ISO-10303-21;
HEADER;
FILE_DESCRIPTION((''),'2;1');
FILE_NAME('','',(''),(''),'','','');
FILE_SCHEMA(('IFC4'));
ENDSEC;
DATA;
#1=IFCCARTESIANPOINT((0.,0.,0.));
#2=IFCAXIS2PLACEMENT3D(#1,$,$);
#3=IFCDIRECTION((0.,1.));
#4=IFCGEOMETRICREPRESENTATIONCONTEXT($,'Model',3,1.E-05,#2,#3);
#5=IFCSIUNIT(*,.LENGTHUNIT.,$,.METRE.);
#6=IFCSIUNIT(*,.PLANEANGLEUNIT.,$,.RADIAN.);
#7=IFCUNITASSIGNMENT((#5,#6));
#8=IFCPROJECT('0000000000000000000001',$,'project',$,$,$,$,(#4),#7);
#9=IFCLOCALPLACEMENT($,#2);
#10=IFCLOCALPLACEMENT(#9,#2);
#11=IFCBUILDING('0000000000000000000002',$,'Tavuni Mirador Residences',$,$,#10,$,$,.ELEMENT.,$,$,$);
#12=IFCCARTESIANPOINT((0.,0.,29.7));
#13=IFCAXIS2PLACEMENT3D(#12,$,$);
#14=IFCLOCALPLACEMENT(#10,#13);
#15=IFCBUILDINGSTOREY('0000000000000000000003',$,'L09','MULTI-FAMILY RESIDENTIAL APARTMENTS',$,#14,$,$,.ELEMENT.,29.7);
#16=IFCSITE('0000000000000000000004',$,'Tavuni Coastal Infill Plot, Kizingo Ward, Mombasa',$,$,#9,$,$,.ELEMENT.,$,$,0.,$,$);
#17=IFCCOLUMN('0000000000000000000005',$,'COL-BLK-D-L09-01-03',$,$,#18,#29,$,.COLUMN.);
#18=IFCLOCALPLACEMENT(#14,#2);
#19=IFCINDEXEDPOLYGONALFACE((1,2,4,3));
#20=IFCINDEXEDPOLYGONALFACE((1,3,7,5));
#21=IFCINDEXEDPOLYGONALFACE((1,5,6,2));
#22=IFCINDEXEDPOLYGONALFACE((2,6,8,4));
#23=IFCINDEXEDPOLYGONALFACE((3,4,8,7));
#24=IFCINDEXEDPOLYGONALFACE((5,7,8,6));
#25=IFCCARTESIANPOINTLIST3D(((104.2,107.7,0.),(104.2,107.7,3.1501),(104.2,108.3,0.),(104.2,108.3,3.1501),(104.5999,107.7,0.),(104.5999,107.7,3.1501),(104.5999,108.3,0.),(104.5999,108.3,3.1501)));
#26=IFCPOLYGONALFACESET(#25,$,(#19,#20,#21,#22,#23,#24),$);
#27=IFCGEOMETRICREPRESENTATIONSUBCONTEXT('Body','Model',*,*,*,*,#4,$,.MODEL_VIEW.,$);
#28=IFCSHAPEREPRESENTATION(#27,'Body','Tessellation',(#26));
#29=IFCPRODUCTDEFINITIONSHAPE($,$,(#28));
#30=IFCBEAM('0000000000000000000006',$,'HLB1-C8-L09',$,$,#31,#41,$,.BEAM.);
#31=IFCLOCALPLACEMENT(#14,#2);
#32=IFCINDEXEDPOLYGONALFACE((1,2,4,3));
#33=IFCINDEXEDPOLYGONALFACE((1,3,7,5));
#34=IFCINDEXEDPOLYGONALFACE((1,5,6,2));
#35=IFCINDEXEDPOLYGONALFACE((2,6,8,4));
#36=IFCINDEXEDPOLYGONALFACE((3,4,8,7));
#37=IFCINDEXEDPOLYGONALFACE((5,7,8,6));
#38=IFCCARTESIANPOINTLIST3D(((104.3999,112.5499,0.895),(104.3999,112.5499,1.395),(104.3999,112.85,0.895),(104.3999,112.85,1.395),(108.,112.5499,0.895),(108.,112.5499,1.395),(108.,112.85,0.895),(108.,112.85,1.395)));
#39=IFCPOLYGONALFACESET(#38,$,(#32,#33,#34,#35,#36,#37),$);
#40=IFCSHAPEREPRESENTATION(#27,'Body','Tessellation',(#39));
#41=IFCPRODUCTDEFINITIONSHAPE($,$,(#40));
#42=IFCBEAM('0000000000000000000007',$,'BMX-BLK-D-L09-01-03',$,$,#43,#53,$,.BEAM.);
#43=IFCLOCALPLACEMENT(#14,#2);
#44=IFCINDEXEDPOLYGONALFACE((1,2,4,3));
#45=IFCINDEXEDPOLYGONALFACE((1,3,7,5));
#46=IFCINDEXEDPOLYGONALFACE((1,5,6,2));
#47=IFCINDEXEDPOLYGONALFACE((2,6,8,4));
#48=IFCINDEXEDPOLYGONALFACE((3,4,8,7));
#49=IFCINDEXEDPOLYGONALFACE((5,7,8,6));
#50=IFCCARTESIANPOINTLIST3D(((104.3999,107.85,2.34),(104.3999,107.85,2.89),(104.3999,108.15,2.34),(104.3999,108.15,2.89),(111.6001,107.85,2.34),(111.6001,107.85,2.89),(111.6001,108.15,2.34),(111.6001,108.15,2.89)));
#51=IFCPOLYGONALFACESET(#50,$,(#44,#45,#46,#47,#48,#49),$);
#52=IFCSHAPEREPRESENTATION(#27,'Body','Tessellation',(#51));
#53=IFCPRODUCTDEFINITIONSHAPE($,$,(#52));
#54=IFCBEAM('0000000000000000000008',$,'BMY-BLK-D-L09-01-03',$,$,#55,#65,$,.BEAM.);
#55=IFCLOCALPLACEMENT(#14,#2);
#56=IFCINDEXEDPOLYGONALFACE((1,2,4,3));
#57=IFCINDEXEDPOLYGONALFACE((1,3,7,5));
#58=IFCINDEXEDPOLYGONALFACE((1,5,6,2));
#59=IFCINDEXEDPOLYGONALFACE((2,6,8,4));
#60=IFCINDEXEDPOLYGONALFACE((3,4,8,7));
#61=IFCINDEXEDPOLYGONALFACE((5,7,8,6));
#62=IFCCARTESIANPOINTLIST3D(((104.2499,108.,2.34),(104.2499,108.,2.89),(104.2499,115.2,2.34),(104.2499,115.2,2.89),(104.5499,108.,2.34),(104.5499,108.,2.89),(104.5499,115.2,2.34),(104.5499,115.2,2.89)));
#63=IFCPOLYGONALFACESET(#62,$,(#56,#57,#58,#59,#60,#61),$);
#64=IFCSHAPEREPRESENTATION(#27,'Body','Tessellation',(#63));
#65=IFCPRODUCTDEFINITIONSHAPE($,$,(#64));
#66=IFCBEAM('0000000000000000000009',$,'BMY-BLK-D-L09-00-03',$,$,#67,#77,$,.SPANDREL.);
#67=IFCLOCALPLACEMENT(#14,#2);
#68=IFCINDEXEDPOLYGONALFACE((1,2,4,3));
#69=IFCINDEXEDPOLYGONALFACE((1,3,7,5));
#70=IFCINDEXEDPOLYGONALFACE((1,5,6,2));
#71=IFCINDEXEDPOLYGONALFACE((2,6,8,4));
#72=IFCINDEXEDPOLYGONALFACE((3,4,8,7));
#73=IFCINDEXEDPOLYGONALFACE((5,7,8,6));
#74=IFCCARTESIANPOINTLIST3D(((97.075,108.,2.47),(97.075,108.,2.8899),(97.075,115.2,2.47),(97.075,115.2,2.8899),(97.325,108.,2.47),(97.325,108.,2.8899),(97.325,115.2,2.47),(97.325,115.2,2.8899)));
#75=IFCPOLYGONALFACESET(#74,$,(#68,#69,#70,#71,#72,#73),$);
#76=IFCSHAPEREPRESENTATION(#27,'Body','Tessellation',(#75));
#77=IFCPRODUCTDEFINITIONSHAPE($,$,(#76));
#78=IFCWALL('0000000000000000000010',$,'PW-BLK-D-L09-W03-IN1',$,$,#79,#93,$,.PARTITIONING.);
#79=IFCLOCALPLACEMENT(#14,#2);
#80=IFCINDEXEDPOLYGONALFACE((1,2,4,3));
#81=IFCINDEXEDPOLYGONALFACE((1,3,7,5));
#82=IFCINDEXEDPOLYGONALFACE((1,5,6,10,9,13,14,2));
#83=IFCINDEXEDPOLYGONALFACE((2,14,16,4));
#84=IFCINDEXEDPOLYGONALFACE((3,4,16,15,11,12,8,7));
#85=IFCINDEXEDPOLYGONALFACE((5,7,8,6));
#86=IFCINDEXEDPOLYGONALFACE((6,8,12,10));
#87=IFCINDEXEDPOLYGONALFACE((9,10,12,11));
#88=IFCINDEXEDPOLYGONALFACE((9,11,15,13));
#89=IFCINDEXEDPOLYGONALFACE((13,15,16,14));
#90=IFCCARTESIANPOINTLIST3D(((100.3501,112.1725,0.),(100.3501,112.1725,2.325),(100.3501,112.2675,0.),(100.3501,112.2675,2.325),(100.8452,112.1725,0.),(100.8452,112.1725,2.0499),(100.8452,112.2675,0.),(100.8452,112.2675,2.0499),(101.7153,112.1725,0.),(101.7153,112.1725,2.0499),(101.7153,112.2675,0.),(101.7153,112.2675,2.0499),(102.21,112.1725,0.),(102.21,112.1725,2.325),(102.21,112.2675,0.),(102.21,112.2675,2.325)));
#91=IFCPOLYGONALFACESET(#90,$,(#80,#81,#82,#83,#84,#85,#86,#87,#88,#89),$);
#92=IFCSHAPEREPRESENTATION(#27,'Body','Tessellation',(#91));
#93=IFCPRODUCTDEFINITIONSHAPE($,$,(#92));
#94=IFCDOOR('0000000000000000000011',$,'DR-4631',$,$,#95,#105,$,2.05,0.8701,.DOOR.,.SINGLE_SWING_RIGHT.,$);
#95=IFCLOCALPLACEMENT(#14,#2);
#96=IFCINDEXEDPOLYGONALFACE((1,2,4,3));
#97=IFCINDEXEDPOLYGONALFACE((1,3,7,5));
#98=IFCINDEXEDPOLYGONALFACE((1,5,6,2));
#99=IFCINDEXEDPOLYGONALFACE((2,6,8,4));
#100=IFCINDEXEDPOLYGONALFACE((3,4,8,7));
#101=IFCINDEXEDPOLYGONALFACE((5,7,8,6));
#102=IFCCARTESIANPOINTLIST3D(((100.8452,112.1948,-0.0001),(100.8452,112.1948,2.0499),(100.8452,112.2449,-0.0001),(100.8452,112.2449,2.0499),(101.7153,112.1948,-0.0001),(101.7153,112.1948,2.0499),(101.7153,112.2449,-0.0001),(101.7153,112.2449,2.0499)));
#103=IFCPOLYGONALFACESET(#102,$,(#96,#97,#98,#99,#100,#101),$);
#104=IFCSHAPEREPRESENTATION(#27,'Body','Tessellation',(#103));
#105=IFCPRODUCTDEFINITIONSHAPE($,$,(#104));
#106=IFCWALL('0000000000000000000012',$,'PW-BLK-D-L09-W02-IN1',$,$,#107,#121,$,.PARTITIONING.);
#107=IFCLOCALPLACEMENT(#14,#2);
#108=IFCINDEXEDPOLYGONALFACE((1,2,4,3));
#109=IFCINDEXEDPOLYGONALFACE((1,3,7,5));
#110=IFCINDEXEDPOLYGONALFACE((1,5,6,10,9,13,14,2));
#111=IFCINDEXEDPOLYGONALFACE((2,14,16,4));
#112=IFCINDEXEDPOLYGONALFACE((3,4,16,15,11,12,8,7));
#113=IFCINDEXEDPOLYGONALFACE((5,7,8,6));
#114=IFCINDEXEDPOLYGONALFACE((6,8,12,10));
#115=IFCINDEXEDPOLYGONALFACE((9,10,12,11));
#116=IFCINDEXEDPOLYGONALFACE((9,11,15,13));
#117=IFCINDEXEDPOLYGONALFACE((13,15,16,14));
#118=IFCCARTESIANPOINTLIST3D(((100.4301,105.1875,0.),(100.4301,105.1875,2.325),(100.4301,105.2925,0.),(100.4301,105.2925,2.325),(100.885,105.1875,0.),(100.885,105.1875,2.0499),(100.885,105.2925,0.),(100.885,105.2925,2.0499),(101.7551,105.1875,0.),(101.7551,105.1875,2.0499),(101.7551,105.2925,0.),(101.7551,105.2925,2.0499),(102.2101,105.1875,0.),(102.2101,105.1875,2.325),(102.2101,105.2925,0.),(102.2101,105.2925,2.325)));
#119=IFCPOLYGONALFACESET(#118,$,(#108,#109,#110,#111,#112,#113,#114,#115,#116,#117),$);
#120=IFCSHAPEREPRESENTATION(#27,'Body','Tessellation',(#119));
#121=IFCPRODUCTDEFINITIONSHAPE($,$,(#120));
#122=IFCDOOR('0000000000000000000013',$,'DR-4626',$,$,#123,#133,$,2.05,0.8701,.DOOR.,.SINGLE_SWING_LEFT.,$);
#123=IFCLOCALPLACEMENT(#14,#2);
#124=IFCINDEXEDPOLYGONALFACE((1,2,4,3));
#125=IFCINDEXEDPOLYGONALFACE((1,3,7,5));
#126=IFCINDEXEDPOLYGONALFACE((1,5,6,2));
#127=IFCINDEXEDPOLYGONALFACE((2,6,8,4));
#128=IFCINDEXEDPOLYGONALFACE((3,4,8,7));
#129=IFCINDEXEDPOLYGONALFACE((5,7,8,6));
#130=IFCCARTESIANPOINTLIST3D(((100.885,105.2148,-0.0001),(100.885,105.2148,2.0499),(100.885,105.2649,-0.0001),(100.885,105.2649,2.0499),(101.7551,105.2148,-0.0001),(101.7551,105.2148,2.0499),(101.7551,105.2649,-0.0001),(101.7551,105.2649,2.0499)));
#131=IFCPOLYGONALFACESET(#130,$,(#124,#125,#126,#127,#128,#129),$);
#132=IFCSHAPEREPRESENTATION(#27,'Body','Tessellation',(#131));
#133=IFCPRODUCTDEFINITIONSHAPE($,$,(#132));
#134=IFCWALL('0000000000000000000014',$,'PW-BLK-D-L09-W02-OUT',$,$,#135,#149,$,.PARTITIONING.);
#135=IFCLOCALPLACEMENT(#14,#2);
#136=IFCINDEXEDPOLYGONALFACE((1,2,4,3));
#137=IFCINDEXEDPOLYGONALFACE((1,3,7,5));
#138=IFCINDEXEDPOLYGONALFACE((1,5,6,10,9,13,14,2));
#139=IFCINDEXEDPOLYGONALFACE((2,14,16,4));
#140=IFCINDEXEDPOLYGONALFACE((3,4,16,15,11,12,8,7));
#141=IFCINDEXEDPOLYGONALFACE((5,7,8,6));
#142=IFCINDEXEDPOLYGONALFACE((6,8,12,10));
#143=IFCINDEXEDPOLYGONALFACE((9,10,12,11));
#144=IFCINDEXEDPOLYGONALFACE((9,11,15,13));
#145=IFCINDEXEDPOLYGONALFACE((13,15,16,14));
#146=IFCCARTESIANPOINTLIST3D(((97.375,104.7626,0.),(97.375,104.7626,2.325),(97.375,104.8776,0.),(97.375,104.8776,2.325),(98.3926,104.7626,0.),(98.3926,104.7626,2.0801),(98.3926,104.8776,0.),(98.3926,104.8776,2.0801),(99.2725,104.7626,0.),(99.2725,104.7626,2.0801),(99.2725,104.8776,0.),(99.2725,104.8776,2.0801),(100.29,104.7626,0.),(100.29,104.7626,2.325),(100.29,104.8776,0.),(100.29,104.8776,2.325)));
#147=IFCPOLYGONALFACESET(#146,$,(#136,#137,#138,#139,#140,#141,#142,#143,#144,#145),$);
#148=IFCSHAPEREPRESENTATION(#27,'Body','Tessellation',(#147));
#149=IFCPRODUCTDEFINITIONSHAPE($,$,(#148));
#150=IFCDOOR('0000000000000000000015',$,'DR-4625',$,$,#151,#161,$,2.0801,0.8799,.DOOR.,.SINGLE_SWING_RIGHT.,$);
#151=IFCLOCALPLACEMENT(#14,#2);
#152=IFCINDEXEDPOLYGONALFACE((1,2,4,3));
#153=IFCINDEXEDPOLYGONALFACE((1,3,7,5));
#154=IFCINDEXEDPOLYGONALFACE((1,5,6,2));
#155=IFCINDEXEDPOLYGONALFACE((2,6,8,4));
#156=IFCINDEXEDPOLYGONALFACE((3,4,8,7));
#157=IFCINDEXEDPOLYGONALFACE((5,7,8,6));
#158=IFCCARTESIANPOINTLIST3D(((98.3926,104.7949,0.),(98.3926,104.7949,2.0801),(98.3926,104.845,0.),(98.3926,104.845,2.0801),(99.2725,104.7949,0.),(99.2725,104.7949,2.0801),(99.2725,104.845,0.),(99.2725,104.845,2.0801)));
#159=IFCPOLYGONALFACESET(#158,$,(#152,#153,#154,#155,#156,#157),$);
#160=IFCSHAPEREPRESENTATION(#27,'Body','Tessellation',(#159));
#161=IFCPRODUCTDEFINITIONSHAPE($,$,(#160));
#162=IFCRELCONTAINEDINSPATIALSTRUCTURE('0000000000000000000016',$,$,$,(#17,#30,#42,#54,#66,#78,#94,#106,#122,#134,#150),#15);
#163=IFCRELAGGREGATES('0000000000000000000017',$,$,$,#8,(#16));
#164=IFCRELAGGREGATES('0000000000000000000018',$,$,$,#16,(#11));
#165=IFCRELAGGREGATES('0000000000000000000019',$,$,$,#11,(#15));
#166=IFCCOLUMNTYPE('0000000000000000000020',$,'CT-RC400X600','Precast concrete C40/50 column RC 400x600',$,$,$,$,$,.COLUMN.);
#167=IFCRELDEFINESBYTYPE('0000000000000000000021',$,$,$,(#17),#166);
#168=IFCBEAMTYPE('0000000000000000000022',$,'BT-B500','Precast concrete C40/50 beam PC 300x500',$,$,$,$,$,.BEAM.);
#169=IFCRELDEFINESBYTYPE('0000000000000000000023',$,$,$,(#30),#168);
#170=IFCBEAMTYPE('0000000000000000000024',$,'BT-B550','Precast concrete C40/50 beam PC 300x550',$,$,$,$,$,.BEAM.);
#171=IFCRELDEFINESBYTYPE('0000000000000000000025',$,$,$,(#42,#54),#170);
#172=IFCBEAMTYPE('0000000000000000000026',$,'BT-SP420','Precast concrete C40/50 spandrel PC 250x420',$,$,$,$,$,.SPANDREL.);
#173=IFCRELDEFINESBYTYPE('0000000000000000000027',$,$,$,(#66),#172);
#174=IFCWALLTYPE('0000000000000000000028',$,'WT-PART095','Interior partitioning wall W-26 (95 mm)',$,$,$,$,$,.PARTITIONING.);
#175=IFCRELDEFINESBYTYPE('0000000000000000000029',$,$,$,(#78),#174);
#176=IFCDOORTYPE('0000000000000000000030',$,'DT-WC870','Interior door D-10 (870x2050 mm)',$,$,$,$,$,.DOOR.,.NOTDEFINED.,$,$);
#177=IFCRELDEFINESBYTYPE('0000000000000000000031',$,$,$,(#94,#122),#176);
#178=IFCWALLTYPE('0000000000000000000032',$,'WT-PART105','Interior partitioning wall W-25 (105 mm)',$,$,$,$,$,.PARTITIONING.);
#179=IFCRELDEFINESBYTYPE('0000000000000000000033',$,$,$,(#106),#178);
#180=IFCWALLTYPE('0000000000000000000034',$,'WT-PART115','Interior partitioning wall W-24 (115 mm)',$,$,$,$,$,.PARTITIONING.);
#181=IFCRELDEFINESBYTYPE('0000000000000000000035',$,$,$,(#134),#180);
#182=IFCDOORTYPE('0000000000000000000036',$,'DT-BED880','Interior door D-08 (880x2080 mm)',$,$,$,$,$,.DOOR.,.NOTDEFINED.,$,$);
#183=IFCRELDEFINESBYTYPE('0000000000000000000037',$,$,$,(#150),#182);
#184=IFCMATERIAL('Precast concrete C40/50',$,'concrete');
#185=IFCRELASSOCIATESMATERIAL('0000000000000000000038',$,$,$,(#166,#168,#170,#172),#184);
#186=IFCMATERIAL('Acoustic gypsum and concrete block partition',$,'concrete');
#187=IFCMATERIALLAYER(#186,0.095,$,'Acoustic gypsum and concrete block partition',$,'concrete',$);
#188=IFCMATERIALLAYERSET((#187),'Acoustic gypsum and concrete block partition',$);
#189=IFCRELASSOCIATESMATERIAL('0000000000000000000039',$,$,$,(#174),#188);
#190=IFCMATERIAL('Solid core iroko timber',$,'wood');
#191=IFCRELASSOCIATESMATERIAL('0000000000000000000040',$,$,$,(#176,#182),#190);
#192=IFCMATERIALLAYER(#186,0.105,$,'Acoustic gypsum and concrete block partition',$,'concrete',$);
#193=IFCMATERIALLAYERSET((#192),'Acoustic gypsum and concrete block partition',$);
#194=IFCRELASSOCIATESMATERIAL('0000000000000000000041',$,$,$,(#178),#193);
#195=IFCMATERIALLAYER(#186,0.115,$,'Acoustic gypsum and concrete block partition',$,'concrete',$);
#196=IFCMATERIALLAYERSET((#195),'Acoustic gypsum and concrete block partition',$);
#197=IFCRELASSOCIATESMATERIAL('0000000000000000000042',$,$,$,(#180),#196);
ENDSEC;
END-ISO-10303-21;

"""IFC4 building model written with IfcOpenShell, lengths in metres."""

from ifc_helpers import new_model, si_unit, direction, frame, frame_2d, origin, origin_2d, place, context, subcontext, project, spatial, rectangle, extrude, material, layer, layer_set, material_profile, profile_set, type_object, element, fill, save


model = new_model("IFC4")

# Units and contexts
model_context = context("Model", 3, precision=1e-05, world=origin(), true_north=direction((0.0, 1.0)))
body_context = subcontext(model_context, "Body", "Model", "MODEL_VIEW")
ifc_project = project(units=[si_unit("LENGTHUNIT", "METRE"), si_unit("PLANEANGLEUNIT", "RADIAN")], contexts=[model_context])

# Site, building, storey
site_placement = place(None, origin())
site = spatial("IfcSite", under=ifc_project, at=site_placement, Name="Tavuni Coastal Infill Plot, Kizingo Ward, Mombasa", CompositionType="ELEMENT", RefElevation=0.0)
building_placement = place(site_placement, origin())
building = spatial("IfcBuilding", under=site, at=building_placement, Name="Tavuni Mirador Residences", CompositionType="ELEMENT")
storey_placement = place(building_placement, frame((0.0, 0.0, 29.7)))
storey = spatial("IfcBuildingStorey", under=building, at=storey_placement, Name="L09", Description="MULTI-FAMILY RESIDENTIAL APARTMENTS", CompositionType="ELEMENT", Elevation=29.7)

# Column
ifc_material_1 = material(Name="Precast concrete C40/50", Category="concrete")
ifc_material_profile_1 = material_profile(ifc_material_1, rectangle(XDim=0.3999, YDim=0.6001, at=origin_2d()), Name="RC 400x600", Category="concrete")
ifc_profile_set_1 = profile_set([ifc_material_profile_1], Name="Precast concrete C40/50")
column_type = type_object("IfcColumnType", Name="CT-RC400X600", Description="Precast concrete C40/50 column RC 400x600", PredefinedType="COLUMN", material=ifc_profile_set_1)
column_placement = place(storey_placement, frame((104.3999, 108.0, 0.0), z_axis=(0.0, 0.0, 1.0), x_axis=(1.0, 0.0, 0.0)))
element("IfcColumn", 1, at=column_placement, inside=storey, type_object=column_type, Name="COL-BLK-D-L09-01-03", PredefinedType="COLUMN", context=body_context, shape_type="SweptSolid", body=[
    extrude(rectangle(XDim=0.3999, YDim=0.6001, at=origin_2d()), origin(), (0.0, 0.0, 1.0), 3.1501),
])

# Beams
ifc_material_profile_2 = material_profile(ifc_material_1, rectangle(XDim=0.3, YDim=0.5, at=origin_2d()), Name="PC 300x500", Category="concrete")
ifc_profile_set_2 = profile_set([ifc_material_profile_2], Name="Precast concrete C40/50")
beam_type_1 = type_object("IfcBeamType", Name="BT-B500", Description="Precast concrete C40/50 beam PC 300x500", PredefinedType="BEAM", material=ifc_profile_set_2)
beam_1_placement = place(storey_placement, frame((104.3999, 112.7, 1.145), z_axis=(1.0, 0.0, 0.0), x_axis=(0.0, 1.0, 0.0)))
element("IfcBeam", 2, at=beam_1_placement, inside=storey, type_object=beam_type_1, Name="HLB1-C8-L09", PredefinedType="BEAM", context=body_context, shape_type="SweptSolid", body=[
    extrude(rectangle(XDim=0.3, YDim=0.5, at=origin_2d()), origin(), (0.0, 0.0, 1.0), 3.6001),
])
ifc_material_profile_3 = material_profile(ifc_material_1, rectangle(XDim=0.3, YDim=0.55, at=origin_2d()), Name="PC 300x550", Category="concrete")
ifc_profile_set_3 = profile_set([ifc_material_profile_3], Name="Precast concrete C40/50")
beam_type_2 = type_object("IfcBeamType", Name="BT-B550", Description="Precast concrete C40/50 beam PC 300x550", PredefinedType="BEAM", material=ifc_profile_set_3)
beam_2_placement = place(storey_placement, frame((104.3999, 108.0, 2.615), z_axis=(1.0, 0.0, 0.0), x_axis=(0.0, 1.0, 0.0)))
element("IfcBeam", 3, at=beam_2_placement, inside=storey, type_object=beam_type_2, Name="BMX-BLK-D-L09-01-03", PredefinedType="BEAM", context=body_context, shape_type="SweptSolid", body=[
    extrude(rectangle(XDim=0.3, YDim=0.55, at=origin_2d()), origin(), (0.0, 0.0, 1.0), 7.2002),
])
beam_3_placement = place(storey_placement, frame((104.3999, 108.0, 2.615), z_axis=(0.0, 1.0, 0.0), x_axis=(-1.0, 0.0, 0.0)))
element("IfcBeam", 4, at=beam_3_placement, inside=storey, type_object=beam_type_2, Name="BMY-BLK-D-L09-01-03", PredefinedType="BEAM", context=body_context, shape_type="SweptSolid", body=[
    extrude(rectangle(XDim=0.3, YDim=0.55, at=origin_2d()), origin(), (0.0, 0.0, 1.0), 7.2),
])
ifc_material_profile_4 = material_profile(ifc_material_1, rectangle(XDim=0.25, YDim=0.4199, at=origin_2d()), Name="PC 250x420", Category="concrete")
ifc_profile_set_4 = profile_set([ifc_material_profile_4], Name="Precast concrete C40/50")
beam_type_3 = type_object("IfcBeamType", Name="BT-SP420", Description="Precast concrete C40/50 spandrel PC 250x420", PredefinedType="SPANDREL", material=ifc_profile_set_4)
beam_4_placement = place(storey_placement, frame((97.2, 108.0, 2.6799), z_axis=(0.0, 1.0, 0.0), x_axis=(-1.0, 0.0, 0.0)))
element("IfcBeam", 5, at=beam_4_placement, inside=storey, type_object=beam_type_3, Name="BMY-BLK-D-L09-00-03", PredefinedType="SPANDREL", context=body_context, shape_type="SweptSolid", body=[
    extrude(rectangle(XDim=0.25, YDim=0.4199, at=origin_2d()), origin(), (0.0, 0.0, 1.0), 7.2),
])

# Walls, openings, doors
ifc_material_2 = material(Name="Solid core iroko timber", Category="wood")
ifc_material_3 = material(Name="Acoustic gypsum and concrete block partition", Category="concrete")
ifc_layer_1 = layer(ifc_material_3, 0.095, Name="Acoustic gypsum and concrete block partition", Category="concrete")
ifc_layer_set_1 = layer_set([ifc_layer_1], Name="Acoustic gypsum and concrete block partition")
wall_type_1 = type_object("IfcWallType", Name="WT-PART095", Description="Interior partitioning wall W-26 (95 mm)", PredefinedType="PARTITIONING", material=ifc_layer_set_1)
wall_1_placement = place(storey_placement, frame((100.3501, 112.22, 0.0), z_axis=(0.0, 0.0, 1.0), x_axis=(1.0, 0.0, 0.0)))
wall_1 = element("IfcWall", 6, at=wall_1_placement, inside=storey, type_object=wall_type_1, Name="PW-BLK-D-L09-W03-IN1", PredefinedType="PARTITIONING", context=body_context, shape_type="SweptSolid", body=[
    extrude(rectangle(XDim=1.8599, YDim=0.095, at=frame_2d((0.9299, 0.0))), origin(), (0.0, 0.0, 1.0), 2.325),
])
opening_1_placement = place(wall_1_placement, frame((0.4951, 0.0, 0.0)))
opening_1 = element("IfcOpeningElement", 7, at=opening_1_placement, cuts=wall_1, PredefinedType="OPENING", context=body_context, shape_type="SweptSolid", body=[
    extrude(rectangle(XDim=0.8701, YDim=2.05, at=frame_2d((0.4351, 1.0249))), frame((0.0, 0.0576, 0.0), z_axis=(0.0, -1.0, 0.0), x_axis=(1.0, 0.0, 0.0)), (0.0, 0.0, 1.0), 0.115),
])
door_type_1 = type_object("IfcDoorType", Name="DT-WC870", Description="Interior door D-10 (870x2050 mm)", OperationType="NOTDEFINED", PredefinedType="DOOR", material=ifc_material_2)
door_1_placement = place(opening_1_placement, origin())
door_1 = element("IfcDoor", 8, at=door_1_placement, inside=storey, type_object=door_type_1, Name="DR-4631", OperationType="SINGLE_SWING_RIGHT", OverallHeight=2.05, OverallWidth=0.8701, PredefinedType="DOOR", context=body_context, shape_type="SweptSolid", body=[
    extrude(rectangle(XDim=0.8701, YDim=2.05, at=frame_2d((0.4351, 1.0249))), frame((0.0, 0.0249, 0.0), z_axis=(0.0, -1.0, 0.0), x_axis=(1.0, 0.0, 0.0)), (0.0, 0.0, 1.0), 0.05),
])
fill(opening_1, door_1)
ifc_layer_2 = layer(ifc_material_3, 0.105, Name="Acoustic gypsum and concrete block partition", Category="concrete")
ifc_layer_set_2 = layer_set([ifc_layer_2], Name="Acoustic gypsum and concrete block partition")
wall_type_2 = type_object("IfcWallType", Name="WT-PART105", Description="Interior partitioning wall W-25 (105 mm)", PredefinedType="PARTITIONING", material=ifc_layer_set_2)
wall_2_placement = place(storey_placement, frame((100.4299, 105.24, 0.0), z_axis=(0.0, 0.0, 1.0), x_axis=(1.0, 0.0, 0.0)))
wall_2 = element("IfcWall", 9, at=wall_2_placement, inside=storey, type_object=wall_type_2, Name="PW-BLK-D-L09-W02-IN1", PredefinedType="PARTITIONING", context=body_context, shape_type="SweptSolid", body=[
    extrude(rectangle(XDim=1.78, YDim=0.105, at=frame_2d((0.8901, 0.0))), origin(), (0.0, 0.0, 1.0), 2.325),
])
opening_2_placement = place(wall_2_placement, frame((0.4551, 0.0, 0.0)))
opening_2 = element("IfcOpeningElement", 10, at=opening_2_placement, cuts=wall_2, PredefinedType="OPENING", context=body_context, shape_type="SweptSolid", body=[
    extrude(rectangle(XDim=0.8701, YDim=2.05, at=frame_2d((0.4351, 1.0249))), frame((0.0, 0.0625, 0.0), z_axis=(0.0, -1.0, 0.0), x_axis=(1.0, 0.0, 0.0)), (0.0, 0.0, 1.0), 0.125),
])
door_2_placement = place(opening_2_placement, origin())
door_2 = element("IfcDoor", 11, at=door_2_placement, inside=storey, type_object=door_type_1, Name="DR-4626", OperationType="SINGLE_SWING_LEFT", OverallHeight=2.05, OverallWidth=0.8701, PredefinedType="DOOR", context=body_context, shape_type="SweptSolid", body=[
    extrude(rectangle(XDim=0.8701, YDim=2.05, at=frame_2d((0.4351, 1.0249))), frame((0.0, 0.0249, 0.0), z_axis=(0.0, -1.0, 0.0), x_axis=(1.0, 0.0, 0.0)), (0.0, 0.0, 1.0), 0.05),
])
fill(opening_2, door_2)
ifc_layer_3 = layer(ifc_material_3, 0.115, Name="Acoustic gypsum and concrete block partition", Category="concrete")
ifc_layer_set_3 = layer_set([ifc_layer_3], Name="Acoustic gypsum and concrete block partition")
wall_type_3 = type_object("IfcWallType", Name="WT-PART115", Description="Interior partitioning wall W-24 (115 mm)", PredefinedType="PARTITIONING", material=ifc_layer_set_3)
wall_3_placement = place(storey_placement, frame((97.375, 104.8201, 0.0), z_axis=(0.0, 0.0, 1.0), x_axis=(1.0, 0.0, 0.0)))
wall_3 = element("IfcWall", 12, at=wall_3_placement, inside=storey, type_object=wall_type_3, Name="PW-BLK-D-L09-W02-OUT", PredefinedType="PARTITIONING", context=body_context, shape_type="SweptSolid", body=[
    extrude(rectangle(XDim=2.915, YDim=0.115, at=frame_2d((1.4575, 0.0))), origin(), (0.0, 0.0, 1.0), 2.325),
])
opening_3_placement = place(wall_3_placement, frame((1.0176, 0.0, 0.0)))
opening_3 = element("IfcOpeningElement", 13, at=opening_3_placement, cuts=wall_3, PredefinedType="OPENING", context=body_context, shape_type="SweptSolid", body=[
    extrude(rectangle(XDim=0.8799, YDim=2.0801, at=frame_2d((0.4399, 1.04))), frame((0.0, 0.0674, 0.0), z_axis=(0.0, -1.0, 0.0), x_axis=(1.0, 0.0, 0.0)), (0.0, 0.0, 1.0), 0.135),
])
door_type_2 = type_object("IfcDoorType", Name="DT-BED880", Description="Interior door D-08 (880x2080 mm)", OperationType="NOTDEFINED", PredefinedType="DOOR", material=ifc_material_2)
door_3_placement = place(opening_3_placement, origin())
door_3 = element("IfcDoor", 14, at=door_3_placement, inside=storey, type_object=door_type_2, Name="DR-4625", OperationType="SINGLE_SWING_RIGHT", OverallHeight=2.0801, OverallWidth=0.8799, PredefinedType="DOOR", context=body_context, shape_type="SweptSolid", body=[
    extrude(rectangle(XDim=0.8799, YDim=2.0801, at=frame_2d((0.4399, 1.04))), frame((0.0, 0.0249, 0.0), z_axis=(0.0, -1.0, 0.0), x_axis=(1.0, 0.0, 0.0)), (0.0, 0.0, 1.0), 0.05),
])
fill(opening_3, door_3)

save(model, "model.ifc")
